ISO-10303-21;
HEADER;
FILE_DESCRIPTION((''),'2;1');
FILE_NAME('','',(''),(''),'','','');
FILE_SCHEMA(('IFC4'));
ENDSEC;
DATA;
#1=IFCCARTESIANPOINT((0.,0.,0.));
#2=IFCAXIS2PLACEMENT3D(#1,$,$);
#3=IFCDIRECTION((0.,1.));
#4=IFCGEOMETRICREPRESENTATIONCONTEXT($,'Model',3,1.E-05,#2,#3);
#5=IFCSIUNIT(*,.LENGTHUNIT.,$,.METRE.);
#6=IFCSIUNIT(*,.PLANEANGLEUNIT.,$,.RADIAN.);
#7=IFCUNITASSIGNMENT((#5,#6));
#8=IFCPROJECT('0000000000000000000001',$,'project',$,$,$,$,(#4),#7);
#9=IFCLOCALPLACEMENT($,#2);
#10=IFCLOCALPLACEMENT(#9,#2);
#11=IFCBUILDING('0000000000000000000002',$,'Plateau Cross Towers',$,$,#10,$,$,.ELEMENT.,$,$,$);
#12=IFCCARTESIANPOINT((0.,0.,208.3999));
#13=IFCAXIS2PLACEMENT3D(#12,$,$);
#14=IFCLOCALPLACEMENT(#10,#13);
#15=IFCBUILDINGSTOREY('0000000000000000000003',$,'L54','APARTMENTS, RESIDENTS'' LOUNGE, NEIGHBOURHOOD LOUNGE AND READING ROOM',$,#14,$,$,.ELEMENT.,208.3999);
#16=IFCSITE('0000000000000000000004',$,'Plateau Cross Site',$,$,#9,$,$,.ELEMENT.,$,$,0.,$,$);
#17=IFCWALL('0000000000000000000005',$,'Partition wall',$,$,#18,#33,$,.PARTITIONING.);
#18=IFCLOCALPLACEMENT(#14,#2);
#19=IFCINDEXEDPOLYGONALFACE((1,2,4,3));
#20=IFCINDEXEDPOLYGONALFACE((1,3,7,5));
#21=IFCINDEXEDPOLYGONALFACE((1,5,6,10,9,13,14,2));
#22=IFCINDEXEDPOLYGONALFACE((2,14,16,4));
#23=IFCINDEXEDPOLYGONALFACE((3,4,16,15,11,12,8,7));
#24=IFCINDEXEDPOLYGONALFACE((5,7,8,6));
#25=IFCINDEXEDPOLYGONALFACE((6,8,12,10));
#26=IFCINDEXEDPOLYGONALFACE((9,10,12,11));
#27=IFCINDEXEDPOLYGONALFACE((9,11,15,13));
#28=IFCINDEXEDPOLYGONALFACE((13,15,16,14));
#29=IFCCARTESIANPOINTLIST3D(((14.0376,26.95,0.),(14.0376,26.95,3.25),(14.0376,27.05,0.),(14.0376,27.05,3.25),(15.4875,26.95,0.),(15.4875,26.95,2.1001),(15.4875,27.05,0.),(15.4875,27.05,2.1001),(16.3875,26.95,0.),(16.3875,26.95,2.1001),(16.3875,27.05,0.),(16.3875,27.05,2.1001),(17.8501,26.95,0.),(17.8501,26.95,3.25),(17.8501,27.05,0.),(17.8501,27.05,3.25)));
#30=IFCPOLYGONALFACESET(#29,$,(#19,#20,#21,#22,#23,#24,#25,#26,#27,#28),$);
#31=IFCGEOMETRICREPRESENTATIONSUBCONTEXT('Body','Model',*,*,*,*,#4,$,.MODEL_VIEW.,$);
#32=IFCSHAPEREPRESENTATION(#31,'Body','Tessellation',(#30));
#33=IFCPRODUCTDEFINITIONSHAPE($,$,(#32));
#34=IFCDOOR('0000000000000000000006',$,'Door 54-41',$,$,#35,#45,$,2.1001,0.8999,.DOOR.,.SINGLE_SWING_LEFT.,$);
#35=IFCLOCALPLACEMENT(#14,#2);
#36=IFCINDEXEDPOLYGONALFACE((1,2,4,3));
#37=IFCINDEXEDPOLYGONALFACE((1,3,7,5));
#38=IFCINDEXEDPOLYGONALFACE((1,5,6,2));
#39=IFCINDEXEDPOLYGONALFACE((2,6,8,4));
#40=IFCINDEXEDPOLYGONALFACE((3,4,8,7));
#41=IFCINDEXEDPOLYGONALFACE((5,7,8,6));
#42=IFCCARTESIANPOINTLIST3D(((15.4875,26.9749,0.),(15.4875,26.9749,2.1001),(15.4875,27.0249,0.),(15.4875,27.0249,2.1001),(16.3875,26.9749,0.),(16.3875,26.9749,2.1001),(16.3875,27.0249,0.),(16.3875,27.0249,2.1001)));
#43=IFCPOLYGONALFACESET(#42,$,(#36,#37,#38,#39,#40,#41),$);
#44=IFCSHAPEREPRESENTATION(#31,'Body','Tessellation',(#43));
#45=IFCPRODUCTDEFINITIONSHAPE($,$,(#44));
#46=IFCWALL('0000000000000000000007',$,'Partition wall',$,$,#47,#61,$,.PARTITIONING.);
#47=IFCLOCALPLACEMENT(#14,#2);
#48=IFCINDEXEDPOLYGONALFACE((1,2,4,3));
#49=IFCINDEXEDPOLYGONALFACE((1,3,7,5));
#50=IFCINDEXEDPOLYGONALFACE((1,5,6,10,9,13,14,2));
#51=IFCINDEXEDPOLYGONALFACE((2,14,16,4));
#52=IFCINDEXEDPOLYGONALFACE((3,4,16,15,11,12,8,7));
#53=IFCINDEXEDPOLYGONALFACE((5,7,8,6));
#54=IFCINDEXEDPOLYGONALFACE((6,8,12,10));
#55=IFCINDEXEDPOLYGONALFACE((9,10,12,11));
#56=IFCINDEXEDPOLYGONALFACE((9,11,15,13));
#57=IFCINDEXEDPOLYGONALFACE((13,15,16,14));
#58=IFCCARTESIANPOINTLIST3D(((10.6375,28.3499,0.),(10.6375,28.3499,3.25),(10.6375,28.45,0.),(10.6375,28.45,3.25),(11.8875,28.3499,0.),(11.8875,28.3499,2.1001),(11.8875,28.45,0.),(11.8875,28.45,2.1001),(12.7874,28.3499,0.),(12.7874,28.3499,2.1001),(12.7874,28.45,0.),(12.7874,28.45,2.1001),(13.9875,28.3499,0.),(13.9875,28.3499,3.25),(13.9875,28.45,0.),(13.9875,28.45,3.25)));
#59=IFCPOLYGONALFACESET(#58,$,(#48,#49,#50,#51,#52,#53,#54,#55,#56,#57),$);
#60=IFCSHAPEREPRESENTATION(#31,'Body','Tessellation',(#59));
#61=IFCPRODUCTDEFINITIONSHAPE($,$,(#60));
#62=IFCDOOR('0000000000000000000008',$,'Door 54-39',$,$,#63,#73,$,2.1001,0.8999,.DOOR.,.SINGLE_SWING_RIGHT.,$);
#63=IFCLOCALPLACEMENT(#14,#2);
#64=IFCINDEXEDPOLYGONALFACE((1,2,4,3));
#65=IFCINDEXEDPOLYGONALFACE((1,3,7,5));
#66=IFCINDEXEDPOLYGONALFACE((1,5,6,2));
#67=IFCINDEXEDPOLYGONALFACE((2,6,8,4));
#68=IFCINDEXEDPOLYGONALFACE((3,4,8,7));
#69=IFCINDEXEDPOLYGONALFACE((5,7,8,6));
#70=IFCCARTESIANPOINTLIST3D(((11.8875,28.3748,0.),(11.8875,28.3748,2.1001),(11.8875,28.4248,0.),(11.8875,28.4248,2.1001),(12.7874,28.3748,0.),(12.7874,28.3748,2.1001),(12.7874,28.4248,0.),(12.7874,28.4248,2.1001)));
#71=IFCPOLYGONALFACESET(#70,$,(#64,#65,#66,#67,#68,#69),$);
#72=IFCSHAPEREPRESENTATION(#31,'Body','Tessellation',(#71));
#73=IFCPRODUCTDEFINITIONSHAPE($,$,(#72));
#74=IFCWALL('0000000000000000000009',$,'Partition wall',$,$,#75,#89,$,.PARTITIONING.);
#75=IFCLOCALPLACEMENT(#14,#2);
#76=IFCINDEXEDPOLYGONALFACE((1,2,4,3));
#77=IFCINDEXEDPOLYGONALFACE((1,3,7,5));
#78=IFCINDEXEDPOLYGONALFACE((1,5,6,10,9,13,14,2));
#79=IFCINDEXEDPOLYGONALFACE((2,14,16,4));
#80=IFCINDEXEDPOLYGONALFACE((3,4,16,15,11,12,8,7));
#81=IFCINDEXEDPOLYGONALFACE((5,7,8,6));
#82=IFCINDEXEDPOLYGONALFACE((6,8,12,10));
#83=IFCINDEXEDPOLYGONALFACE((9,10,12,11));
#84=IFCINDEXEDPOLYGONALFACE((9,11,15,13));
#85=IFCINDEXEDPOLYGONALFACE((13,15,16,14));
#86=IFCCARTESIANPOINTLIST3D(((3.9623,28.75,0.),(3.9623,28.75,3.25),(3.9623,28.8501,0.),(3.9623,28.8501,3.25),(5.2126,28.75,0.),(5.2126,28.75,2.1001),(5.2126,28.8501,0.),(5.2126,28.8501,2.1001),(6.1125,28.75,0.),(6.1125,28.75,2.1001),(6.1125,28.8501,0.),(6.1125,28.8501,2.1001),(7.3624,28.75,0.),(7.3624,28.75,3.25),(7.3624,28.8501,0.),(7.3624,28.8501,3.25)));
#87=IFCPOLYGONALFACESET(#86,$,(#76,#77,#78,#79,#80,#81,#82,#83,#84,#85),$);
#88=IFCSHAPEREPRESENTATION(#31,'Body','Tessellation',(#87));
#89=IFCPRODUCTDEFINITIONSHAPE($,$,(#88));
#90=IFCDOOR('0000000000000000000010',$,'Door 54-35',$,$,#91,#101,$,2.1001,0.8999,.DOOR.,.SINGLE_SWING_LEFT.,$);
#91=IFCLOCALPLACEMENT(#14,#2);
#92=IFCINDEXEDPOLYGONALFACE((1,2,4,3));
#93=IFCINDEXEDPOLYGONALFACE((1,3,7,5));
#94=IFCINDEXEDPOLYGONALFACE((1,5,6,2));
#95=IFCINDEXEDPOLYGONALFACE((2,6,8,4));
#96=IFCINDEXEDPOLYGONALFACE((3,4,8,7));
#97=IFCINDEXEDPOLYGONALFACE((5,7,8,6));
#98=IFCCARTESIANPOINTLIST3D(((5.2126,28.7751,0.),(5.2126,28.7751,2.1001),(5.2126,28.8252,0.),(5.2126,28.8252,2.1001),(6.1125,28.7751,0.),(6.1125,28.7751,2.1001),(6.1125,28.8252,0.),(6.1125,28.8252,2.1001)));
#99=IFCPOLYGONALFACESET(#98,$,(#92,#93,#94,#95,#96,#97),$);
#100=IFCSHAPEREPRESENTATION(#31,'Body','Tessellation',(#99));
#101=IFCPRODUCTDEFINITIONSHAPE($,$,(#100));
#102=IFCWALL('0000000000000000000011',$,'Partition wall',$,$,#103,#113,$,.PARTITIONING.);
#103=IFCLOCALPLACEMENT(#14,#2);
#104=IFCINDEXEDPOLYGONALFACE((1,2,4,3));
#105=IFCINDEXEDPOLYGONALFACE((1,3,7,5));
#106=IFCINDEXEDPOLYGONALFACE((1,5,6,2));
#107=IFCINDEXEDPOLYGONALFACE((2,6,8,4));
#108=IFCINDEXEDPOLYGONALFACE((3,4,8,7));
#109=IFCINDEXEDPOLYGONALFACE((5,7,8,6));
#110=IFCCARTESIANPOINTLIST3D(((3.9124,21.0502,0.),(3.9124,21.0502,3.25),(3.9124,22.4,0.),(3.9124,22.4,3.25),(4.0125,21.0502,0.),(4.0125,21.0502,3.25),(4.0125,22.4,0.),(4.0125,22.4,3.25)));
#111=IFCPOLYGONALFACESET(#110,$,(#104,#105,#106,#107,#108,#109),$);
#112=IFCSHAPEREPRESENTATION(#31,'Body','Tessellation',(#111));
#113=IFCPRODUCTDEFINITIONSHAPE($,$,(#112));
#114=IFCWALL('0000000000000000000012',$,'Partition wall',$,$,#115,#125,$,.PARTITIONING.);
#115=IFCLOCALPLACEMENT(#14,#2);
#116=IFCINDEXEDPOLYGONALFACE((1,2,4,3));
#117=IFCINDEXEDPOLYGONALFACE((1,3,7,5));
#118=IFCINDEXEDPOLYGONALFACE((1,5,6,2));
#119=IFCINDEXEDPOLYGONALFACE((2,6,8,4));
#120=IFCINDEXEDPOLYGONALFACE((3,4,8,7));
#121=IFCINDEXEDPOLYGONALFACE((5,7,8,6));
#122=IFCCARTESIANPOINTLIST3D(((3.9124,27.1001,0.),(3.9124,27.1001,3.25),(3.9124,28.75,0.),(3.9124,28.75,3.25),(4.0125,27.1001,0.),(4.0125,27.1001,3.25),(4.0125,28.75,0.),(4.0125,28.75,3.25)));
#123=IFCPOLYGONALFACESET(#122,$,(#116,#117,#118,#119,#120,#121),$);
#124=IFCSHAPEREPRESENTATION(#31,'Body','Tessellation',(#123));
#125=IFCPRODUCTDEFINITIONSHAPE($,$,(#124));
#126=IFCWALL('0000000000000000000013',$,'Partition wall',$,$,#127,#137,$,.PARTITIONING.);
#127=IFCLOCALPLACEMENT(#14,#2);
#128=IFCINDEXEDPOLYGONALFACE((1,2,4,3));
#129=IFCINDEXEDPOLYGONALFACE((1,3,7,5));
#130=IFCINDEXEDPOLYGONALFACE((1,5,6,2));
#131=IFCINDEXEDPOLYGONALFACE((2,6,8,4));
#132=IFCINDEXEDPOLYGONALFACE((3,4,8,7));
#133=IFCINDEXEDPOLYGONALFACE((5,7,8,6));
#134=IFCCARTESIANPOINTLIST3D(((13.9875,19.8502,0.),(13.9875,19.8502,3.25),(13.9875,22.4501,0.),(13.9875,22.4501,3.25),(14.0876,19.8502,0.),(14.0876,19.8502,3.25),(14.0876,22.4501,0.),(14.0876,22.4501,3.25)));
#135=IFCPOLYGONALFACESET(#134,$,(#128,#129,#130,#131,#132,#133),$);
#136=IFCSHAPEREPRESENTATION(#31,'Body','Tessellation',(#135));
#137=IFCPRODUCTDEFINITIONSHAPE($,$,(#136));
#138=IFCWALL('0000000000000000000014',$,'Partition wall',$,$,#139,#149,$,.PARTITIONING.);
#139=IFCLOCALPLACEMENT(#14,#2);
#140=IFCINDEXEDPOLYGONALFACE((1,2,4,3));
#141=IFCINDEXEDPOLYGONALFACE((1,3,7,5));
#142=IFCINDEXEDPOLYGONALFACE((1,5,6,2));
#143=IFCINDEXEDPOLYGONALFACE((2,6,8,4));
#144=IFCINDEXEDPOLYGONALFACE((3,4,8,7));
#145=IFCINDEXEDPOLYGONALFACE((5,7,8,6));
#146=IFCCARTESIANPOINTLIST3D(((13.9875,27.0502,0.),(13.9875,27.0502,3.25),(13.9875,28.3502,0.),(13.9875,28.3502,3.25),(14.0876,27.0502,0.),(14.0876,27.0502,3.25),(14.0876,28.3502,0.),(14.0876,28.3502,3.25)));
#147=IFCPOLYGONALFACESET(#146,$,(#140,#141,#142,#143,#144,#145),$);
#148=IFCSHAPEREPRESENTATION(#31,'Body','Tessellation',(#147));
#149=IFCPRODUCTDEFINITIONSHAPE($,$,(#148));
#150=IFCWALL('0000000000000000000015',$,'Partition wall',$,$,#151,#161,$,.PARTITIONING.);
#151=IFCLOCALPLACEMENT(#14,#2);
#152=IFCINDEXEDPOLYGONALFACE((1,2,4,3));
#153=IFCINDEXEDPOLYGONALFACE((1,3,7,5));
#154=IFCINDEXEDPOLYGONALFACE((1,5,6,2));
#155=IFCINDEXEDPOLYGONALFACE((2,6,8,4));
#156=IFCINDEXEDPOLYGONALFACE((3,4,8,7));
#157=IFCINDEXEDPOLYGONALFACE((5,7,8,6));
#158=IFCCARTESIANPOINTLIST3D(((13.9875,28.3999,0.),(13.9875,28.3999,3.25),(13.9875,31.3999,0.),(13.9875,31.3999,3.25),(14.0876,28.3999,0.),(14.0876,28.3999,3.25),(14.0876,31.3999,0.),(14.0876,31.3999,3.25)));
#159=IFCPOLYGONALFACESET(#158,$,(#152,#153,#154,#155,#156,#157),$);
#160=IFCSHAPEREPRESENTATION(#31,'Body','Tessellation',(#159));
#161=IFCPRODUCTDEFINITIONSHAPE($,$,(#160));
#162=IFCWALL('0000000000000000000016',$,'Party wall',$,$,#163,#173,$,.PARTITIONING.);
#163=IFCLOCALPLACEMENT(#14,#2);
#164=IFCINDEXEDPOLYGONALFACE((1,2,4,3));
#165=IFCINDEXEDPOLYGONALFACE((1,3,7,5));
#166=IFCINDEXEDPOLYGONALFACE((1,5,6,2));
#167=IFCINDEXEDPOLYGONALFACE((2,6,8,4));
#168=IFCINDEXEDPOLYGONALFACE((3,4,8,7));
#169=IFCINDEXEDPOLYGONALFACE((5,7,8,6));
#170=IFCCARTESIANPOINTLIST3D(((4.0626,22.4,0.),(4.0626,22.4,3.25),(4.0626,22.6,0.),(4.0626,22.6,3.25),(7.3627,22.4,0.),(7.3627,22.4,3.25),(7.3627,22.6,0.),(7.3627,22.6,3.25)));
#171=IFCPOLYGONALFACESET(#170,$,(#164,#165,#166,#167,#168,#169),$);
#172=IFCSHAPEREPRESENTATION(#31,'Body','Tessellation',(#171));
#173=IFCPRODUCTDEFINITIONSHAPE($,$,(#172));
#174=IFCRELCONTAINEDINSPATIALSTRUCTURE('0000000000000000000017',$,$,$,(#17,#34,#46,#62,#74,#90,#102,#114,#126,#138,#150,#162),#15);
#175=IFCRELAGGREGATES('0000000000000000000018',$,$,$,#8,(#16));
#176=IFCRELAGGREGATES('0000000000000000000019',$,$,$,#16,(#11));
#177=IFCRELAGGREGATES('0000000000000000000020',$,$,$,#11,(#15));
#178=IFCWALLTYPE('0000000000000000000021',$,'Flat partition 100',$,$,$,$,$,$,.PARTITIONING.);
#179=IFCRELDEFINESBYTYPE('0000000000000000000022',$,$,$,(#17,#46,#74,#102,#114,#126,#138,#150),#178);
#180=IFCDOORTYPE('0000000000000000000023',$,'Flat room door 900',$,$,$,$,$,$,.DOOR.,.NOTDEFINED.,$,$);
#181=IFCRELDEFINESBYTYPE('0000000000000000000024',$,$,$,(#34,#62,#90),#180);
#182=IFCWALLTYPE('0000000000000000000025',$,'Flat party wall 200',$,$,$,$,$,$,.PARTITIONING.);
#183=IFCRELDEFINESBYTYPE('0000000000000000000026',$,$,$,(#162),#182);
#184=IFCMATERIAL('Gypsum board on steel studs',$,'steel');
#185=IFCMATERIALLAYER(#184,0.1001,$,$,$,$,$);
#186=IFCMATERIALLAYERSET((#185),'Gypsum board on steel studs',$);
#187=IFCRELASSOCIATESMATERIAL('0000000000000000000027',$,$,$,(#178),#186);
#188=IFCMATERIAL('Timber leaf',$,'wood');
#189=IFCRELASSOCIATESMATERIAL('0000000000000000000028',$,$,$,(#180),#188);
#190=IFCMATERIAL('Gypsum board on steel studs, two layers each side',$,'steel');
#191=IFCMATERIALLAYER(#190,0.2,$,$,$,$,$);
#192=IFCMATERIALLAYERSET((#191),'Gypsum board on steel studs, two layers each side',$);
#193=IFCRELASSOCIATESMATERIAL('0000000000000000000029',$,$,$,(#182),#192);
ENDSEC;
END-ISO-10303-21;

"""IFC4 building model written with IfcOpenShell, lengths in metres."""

from ifc_helpers import new_model, si_unit, direction, frame, frame_2d, origin, place, context, subcontext, project, spatial, rectangle, extrude, material, layer, layer_set, type_object, element, fill, save


model = new_model("IFC4")

# Units and contexts
model_context = context("Model", 3, precision=1e-05, world=origin(), true_north=direction((0.0, 1.0)))
body_context = subcontext(model_context, "Body", "Model", "MODEL_VIEW")
ifc_project = project(units=[si_unit("LENGTHUNIT", "METRE"), si_unit("PLANEANGLEUNIT", "RADIAN")], contexts=[model_context])

# Site, building, storey
site_placement = place(None, origin())
site = spatial("IfcSite", under=ifc_project, at=site_placement, Name="Plateau Cross Site", CompositionType="ELEMENT", RefElevation=0.0)
building_placement = place(site_placement, origin())
building = spatial("IfcBuilding", under=site, at=building_placement, Name="Plateau Cross Towers", CompositionType="ELEMENT")
storey_placement = place(building_placement, frame((0.0, 0.0, 208.3999)))
storey = spatial("IfcBuildingStorey", under=building, at=storey_placement, Name="L54", Description="APARTMENTS, RESIDENTS' LOUNGE, NEIGHBOURHOOD LOUNGE AND READING ROOM", CompositionType="ELEMENT", Elevation=208.3999)

# Walls, openings, doors
ifc_material_1 = material(Name="Gypsum board on steel studs", Category="steel")
ifc_layer_1 = layer(ifc_material_1, 0.1001)
ifc_layer_set_1 = layer_set([ifc_layer_1], Name="Gypsum board on steel studs")
wall_type_1 = type_object("IfcWallType", Name="Flat partition 100", PredefinedType="PARTITIONING", material=ifc_layer_set_1)
ifc_material_2 = material(Name="Timber leaf", Category="wood")
door_type_1 = type_object("IfcDoorType", Name="Flat room door 900", OperationType="NOTDEFINED", PredefinedType="DOOR", material=ifc_material_2)
wall_1_placement = place(storey_placement, frame((14.0376, 27.0, 0.0), z_axis=(0.0, 0.0, 1.0), x_axis=(1.0, 0.0, 0.0)))
wall_1 = element("IfcWall", 1, at=wall_1_placement, inside=storey, type_object=wall_type_1, Name="Partition wall", PredefinedType="PARTITIONING", context=body_context, shape_type="SweptSolid", body=[
    extrude(rectangle(XDim=3.8125, YDim=0.1001, at=frame_2d((1.9062, 0.0))), origin(), (0.0, 0.0, 1.0), 3.25),
])
opening_1_placement = place(wall_1_placement, frame((1.45, 0.0, 0.0)))
opening_1 = element("IfcOpeningElement", 2, at=opening_1_placement, cuts=wall_1, PredefinedType="OPENING", context=body_context, shape_type="SweptSolid", body=[
    extrude(rectangle(XDim=0.8999, YDim=2.1001, at=frame_2d((0.45, 1.05))), frame((0.0, 0.0601, 0.0), z_axis=(0.0, -1.0, 0.0), x_axis=(1.0, 0.0, 0.0)), (0.0, 0.0, 1.0), 0.1201),
])
door_1_placement = place(opening_1_placement, origin())
door_1 = element("IfcDoor", 3, at=door_1_placement, inside=storey, type_object=door_type_1, Name="Door 54-41", OperationType="SINGLE_SWING_LEFT", OverallHeight=2.1001, OverallWidth=0.8999, PredefinedType="DOOR", context=body_context, shape_type="SweptSolid", body=[
    extrude(rectangle(XDim=0.8999, YDim=2.1001, at=frame_2d((0.45, 1.05))), frame((0.0, 0.0249, 0.0), z_axis=(0.0, -1.0, 0.0), x_axis=(1.0, 0.0, 0.0)), (0.0, 0.0, 1.0), 0.05),
])
fill(opening_1, door_1)
wall_2_placement = place(storey_placement, frame((10.6375, 28.3999, 0.0), z_axis=(0.0, 0.0, 1.0), x_axis=(1.0, 0.0, 0.0)))
wall_2 = element("IfcWall", 4, at=wall_2_placement, inside=storey, type_object=wall_type_1, Name="Partition wall", PredefinedType="PARTITIONING", context=body_context, shape_type="SweptSolid", body=[
    extrude(rectangle(XDim=3.3501, YDim=0.1001, at=frame_2d((1.675, 0.0))), origin(), (0.0, 0.0, 1.0), 3.25),
])
opening_2_placement = place(wall_2_placement, frame((1.25, 0.0, 0.0)))
opening_2 = element("IfcOpeningElement", 5, at=opening_2_placement, cuts=wall_2, PredefinedType="OPENING", context=body_context, shape_type="SweptSolid", body=[
    extrude(rectangle(XDim=0.8999, YDim=2.1001, at=frame_2d((0.45, 1.05))), frame((0.0, 0.0601, 0.0), z_axis=(0.0, -1.0, 0.0), x_axis=(1.0, 0.0, 0.0)), (0.0, 0.0, 1.0), 0.1201),
])
door_2_placement = place(opening_2_placement, origin())
door_2 = element("IfcDoor", 6, at=door_2_placement, inside=storey, type_object=door_type_1, Name="Door 54-39", OperationType="SINGLE_SWING_RIGHT", OverallHeight=2.1001, OverallWidth=0.8999, PredefinedType="DOOR", context=body_context, shape_type="SweptSolid", body=[
    extrude(rectangle(XDim=0.8999, YDim=2.1001, at=frame_2d((0.45, 1.05))), frame((0.0, 0.0249, 0.0), z_axis=(0.0, -1.0, 0.0), x_axis=(1.0, 0.0, 0.0)), (0.0, 0.0, 1.0), 0.05),
])
fill(opening_2, door_2)
wall_3_placement = place(storey_placement, frame((7.3625, 28.8, 0.0), z_axis=(0.0, 0.0, 1.0), x_axis=(-1.0, 0.0, 0.0)))
wall_3 = element("IfcWall", 7, at=wall_3_placement, inside=storey, type_object=wall_type_1, Name="Partition wall", PredefinedType="PARTITIONING", context=body_context, shape_type="SweptSolid", body=[
    extrude(rectangle(XDim=3.4001, YDim=0.1001, at=frame_2d((1.7002, 0.0))), origin(), (0.0, 0.0, 1.0), 3.25),
])
opening_3_placement = place(wall_3_placement, frame((1.25, 0.0, 0.0)))
opening_3 = element("IfcOpeningElement", 8, at=opening_3_placement, cuts=wall_3, PredefinedType="OPENING", context=body_context, shape_type="SweptSolid", body=[
    extrude(rectangle(XDim=0.8999, YDim=2.1001, at=frame_2d((0.45, 1.05))), frame((0.0, 0.0601, 0.0), z_axis=(0.0, -1.0, 0.0), x_axis=(1.0, 0.0, 0.0)), (0.0, 0.0, 1.0), 0.1201),
])
door_3_placement = place(opening_3_placement, origin())
door_3 = element("IfcDoor", 9, at=door_3_placement, inside=storey, type_object=door_type_1, Name="Door 54-35", OperationType="SINGLE_SWING_LEFT", OverallHeight=2.1001, OverallWidth=0.8999, PredefinedType="DOOR", context=body_context, shape_type="SweptSolid", body=[
    extrude(rectangle(XDim=0.8999, YDim=2.1001, at=frame_2d((0.45, 1.05))), frame((0.0, 0.0249, 0.0), z_axis=(0.0, -1.0, 0.0), x_axis=(1.0, 0.0, 0.0)), (0.0, 0.0, 1.0), 0.05),
])
fill(opening_3, door_3)

# Walls
wall_4_placement = place(storey_placement, frame((3.9624, 22.3999, 0.0), z_axis=(0.0, 0.0, 1.0), x_axis=(0.0, -1.0, 0.0)))
element("IfcWall", 10, at=wall_4_placement, inside=storey, type_object=wall_type_1, Name="Partition wall", PredefinedType="PARTITIONING", context=body_context, shape_type="SweptSolid", body=[
    extrude(rectangle(XDim=1.3499, YDim=0.1001, at=frame_2d((0.6748, 0.0))), origin(), (0.0, 0.0, 1.0), 3.25),
])
wall_5_placement = place(storey_placement, frame((3.9624, 28.75, 0.0), z_axis=(0.0, 0.0, 1.0), x_axis=(0.0, -1.0, 0.0)))
element("IfcWall", 11, at=wall_5_placement, inside=storey, type_object=wall_type_1, Name="Partition wall", PredefinedType="PARTITIONING", context=body_context, shape_type="SweptSolid", body=[
    extrude(rectangle(XDim=1.6499, YDim=0.1001, at=frame_2d((0.825, 0.0))), origin(), (0.0, 0.0, 1.0), 3.25),
])
wall_6_placement = place(storey_placement, frame((14.0376, 22.45, 0.0), z_axis=(0.0, 0.0, 1.0), x_axis=(0.0, -1.0, 0.0)))
element("IfcWall", 12, at=wall_6_placement, inside=storey, type_object=wall_type_1, Name="Partition wall", PredefinedType="PARTITIONING", context=body_context, shape_type="SweptSolid", body=[
    extrude(rectangle(XDim=2.5999, YDim=0.1001, at=frame_2d((1.2998, 0.0))), origin(), (0.0, 0.0, 1.0), 3.25),
])
wall_7_placement = place(storey_placement, frame((14.0376, 28.3501, 0.0), z_axis=(0.0, 0.0, 1.0), x_axis=(0.0, -1.0, 0.0)))
element("IfcWall", 13, at=wall_7_placement, inside=storey, type_object=wall_type_1, Name="Partition wall", PredefinedType="PARTITIONING", context=body_context, shape_type="SweptSolid", body=[
    extrude(rectangle(XDim=1.3, YDim=0.1001, at=frame_2d((0.6499, 0.0))), origin(), (0.0, 0.0, 1.0), 3.25),
])
wall_8_placement = place(storey_placement, frame((14.0376, 28.3999, 0.0), z_axis=(0.0, 0.0, 1.0), x_axis=(0.0, 1.0, 0.0)))
element("IfcWall", 14, at=wall_8_placement, inside=storey, type_object=wall_type_1, Name="Partition wall", PredefinedType="PARTITIONING", context=body_context, shape_type="SweptSolid", body=[
    extrude(rectangle(XDim=3.0, YDim=0.1001, at=frame_2d((1.5, 0.0))), origin(), (0.0, 0.0, 1.0), 3.25),
])
ifc_material_3 = material(Name="Gypsum board on steel studs, two layers each side", Category="steel")
ifc_layer_2 = layer(ifc_material_3, 0.2)
ifc_layer_set_2 = layer_set([ifc_layer_2], Name="Gypsum board on steel studs, two layers each side")
wall_type_2 = type_object("IfcWallType", Name="Flat party wall 200", PredefinedType="PARTITIONING", material=ifc_layer_set_2)
wall_9_placement = place(storey_placement, frame((7.3625, 22.5, 0.0), z_axis=(0.0, 0.0, 1.0), x_axis=(-1.0, 0.0, 0.0)))
element("IfcWall", 15, at=wall_9_placement, inside=storey, type_object=wall_type_2, Name="Party wall", PredefinedType="PARTITIONING", context=body_context, shape_type="SweptSolid", body=[
    extrude(rectangle(XDim=3.3, YDim=0.2, at=frame_2d((1.6499, 0.0))), origin(), (0.0, 0.0, 1.0), 3.25),
])

save(model, "model.ifc")
